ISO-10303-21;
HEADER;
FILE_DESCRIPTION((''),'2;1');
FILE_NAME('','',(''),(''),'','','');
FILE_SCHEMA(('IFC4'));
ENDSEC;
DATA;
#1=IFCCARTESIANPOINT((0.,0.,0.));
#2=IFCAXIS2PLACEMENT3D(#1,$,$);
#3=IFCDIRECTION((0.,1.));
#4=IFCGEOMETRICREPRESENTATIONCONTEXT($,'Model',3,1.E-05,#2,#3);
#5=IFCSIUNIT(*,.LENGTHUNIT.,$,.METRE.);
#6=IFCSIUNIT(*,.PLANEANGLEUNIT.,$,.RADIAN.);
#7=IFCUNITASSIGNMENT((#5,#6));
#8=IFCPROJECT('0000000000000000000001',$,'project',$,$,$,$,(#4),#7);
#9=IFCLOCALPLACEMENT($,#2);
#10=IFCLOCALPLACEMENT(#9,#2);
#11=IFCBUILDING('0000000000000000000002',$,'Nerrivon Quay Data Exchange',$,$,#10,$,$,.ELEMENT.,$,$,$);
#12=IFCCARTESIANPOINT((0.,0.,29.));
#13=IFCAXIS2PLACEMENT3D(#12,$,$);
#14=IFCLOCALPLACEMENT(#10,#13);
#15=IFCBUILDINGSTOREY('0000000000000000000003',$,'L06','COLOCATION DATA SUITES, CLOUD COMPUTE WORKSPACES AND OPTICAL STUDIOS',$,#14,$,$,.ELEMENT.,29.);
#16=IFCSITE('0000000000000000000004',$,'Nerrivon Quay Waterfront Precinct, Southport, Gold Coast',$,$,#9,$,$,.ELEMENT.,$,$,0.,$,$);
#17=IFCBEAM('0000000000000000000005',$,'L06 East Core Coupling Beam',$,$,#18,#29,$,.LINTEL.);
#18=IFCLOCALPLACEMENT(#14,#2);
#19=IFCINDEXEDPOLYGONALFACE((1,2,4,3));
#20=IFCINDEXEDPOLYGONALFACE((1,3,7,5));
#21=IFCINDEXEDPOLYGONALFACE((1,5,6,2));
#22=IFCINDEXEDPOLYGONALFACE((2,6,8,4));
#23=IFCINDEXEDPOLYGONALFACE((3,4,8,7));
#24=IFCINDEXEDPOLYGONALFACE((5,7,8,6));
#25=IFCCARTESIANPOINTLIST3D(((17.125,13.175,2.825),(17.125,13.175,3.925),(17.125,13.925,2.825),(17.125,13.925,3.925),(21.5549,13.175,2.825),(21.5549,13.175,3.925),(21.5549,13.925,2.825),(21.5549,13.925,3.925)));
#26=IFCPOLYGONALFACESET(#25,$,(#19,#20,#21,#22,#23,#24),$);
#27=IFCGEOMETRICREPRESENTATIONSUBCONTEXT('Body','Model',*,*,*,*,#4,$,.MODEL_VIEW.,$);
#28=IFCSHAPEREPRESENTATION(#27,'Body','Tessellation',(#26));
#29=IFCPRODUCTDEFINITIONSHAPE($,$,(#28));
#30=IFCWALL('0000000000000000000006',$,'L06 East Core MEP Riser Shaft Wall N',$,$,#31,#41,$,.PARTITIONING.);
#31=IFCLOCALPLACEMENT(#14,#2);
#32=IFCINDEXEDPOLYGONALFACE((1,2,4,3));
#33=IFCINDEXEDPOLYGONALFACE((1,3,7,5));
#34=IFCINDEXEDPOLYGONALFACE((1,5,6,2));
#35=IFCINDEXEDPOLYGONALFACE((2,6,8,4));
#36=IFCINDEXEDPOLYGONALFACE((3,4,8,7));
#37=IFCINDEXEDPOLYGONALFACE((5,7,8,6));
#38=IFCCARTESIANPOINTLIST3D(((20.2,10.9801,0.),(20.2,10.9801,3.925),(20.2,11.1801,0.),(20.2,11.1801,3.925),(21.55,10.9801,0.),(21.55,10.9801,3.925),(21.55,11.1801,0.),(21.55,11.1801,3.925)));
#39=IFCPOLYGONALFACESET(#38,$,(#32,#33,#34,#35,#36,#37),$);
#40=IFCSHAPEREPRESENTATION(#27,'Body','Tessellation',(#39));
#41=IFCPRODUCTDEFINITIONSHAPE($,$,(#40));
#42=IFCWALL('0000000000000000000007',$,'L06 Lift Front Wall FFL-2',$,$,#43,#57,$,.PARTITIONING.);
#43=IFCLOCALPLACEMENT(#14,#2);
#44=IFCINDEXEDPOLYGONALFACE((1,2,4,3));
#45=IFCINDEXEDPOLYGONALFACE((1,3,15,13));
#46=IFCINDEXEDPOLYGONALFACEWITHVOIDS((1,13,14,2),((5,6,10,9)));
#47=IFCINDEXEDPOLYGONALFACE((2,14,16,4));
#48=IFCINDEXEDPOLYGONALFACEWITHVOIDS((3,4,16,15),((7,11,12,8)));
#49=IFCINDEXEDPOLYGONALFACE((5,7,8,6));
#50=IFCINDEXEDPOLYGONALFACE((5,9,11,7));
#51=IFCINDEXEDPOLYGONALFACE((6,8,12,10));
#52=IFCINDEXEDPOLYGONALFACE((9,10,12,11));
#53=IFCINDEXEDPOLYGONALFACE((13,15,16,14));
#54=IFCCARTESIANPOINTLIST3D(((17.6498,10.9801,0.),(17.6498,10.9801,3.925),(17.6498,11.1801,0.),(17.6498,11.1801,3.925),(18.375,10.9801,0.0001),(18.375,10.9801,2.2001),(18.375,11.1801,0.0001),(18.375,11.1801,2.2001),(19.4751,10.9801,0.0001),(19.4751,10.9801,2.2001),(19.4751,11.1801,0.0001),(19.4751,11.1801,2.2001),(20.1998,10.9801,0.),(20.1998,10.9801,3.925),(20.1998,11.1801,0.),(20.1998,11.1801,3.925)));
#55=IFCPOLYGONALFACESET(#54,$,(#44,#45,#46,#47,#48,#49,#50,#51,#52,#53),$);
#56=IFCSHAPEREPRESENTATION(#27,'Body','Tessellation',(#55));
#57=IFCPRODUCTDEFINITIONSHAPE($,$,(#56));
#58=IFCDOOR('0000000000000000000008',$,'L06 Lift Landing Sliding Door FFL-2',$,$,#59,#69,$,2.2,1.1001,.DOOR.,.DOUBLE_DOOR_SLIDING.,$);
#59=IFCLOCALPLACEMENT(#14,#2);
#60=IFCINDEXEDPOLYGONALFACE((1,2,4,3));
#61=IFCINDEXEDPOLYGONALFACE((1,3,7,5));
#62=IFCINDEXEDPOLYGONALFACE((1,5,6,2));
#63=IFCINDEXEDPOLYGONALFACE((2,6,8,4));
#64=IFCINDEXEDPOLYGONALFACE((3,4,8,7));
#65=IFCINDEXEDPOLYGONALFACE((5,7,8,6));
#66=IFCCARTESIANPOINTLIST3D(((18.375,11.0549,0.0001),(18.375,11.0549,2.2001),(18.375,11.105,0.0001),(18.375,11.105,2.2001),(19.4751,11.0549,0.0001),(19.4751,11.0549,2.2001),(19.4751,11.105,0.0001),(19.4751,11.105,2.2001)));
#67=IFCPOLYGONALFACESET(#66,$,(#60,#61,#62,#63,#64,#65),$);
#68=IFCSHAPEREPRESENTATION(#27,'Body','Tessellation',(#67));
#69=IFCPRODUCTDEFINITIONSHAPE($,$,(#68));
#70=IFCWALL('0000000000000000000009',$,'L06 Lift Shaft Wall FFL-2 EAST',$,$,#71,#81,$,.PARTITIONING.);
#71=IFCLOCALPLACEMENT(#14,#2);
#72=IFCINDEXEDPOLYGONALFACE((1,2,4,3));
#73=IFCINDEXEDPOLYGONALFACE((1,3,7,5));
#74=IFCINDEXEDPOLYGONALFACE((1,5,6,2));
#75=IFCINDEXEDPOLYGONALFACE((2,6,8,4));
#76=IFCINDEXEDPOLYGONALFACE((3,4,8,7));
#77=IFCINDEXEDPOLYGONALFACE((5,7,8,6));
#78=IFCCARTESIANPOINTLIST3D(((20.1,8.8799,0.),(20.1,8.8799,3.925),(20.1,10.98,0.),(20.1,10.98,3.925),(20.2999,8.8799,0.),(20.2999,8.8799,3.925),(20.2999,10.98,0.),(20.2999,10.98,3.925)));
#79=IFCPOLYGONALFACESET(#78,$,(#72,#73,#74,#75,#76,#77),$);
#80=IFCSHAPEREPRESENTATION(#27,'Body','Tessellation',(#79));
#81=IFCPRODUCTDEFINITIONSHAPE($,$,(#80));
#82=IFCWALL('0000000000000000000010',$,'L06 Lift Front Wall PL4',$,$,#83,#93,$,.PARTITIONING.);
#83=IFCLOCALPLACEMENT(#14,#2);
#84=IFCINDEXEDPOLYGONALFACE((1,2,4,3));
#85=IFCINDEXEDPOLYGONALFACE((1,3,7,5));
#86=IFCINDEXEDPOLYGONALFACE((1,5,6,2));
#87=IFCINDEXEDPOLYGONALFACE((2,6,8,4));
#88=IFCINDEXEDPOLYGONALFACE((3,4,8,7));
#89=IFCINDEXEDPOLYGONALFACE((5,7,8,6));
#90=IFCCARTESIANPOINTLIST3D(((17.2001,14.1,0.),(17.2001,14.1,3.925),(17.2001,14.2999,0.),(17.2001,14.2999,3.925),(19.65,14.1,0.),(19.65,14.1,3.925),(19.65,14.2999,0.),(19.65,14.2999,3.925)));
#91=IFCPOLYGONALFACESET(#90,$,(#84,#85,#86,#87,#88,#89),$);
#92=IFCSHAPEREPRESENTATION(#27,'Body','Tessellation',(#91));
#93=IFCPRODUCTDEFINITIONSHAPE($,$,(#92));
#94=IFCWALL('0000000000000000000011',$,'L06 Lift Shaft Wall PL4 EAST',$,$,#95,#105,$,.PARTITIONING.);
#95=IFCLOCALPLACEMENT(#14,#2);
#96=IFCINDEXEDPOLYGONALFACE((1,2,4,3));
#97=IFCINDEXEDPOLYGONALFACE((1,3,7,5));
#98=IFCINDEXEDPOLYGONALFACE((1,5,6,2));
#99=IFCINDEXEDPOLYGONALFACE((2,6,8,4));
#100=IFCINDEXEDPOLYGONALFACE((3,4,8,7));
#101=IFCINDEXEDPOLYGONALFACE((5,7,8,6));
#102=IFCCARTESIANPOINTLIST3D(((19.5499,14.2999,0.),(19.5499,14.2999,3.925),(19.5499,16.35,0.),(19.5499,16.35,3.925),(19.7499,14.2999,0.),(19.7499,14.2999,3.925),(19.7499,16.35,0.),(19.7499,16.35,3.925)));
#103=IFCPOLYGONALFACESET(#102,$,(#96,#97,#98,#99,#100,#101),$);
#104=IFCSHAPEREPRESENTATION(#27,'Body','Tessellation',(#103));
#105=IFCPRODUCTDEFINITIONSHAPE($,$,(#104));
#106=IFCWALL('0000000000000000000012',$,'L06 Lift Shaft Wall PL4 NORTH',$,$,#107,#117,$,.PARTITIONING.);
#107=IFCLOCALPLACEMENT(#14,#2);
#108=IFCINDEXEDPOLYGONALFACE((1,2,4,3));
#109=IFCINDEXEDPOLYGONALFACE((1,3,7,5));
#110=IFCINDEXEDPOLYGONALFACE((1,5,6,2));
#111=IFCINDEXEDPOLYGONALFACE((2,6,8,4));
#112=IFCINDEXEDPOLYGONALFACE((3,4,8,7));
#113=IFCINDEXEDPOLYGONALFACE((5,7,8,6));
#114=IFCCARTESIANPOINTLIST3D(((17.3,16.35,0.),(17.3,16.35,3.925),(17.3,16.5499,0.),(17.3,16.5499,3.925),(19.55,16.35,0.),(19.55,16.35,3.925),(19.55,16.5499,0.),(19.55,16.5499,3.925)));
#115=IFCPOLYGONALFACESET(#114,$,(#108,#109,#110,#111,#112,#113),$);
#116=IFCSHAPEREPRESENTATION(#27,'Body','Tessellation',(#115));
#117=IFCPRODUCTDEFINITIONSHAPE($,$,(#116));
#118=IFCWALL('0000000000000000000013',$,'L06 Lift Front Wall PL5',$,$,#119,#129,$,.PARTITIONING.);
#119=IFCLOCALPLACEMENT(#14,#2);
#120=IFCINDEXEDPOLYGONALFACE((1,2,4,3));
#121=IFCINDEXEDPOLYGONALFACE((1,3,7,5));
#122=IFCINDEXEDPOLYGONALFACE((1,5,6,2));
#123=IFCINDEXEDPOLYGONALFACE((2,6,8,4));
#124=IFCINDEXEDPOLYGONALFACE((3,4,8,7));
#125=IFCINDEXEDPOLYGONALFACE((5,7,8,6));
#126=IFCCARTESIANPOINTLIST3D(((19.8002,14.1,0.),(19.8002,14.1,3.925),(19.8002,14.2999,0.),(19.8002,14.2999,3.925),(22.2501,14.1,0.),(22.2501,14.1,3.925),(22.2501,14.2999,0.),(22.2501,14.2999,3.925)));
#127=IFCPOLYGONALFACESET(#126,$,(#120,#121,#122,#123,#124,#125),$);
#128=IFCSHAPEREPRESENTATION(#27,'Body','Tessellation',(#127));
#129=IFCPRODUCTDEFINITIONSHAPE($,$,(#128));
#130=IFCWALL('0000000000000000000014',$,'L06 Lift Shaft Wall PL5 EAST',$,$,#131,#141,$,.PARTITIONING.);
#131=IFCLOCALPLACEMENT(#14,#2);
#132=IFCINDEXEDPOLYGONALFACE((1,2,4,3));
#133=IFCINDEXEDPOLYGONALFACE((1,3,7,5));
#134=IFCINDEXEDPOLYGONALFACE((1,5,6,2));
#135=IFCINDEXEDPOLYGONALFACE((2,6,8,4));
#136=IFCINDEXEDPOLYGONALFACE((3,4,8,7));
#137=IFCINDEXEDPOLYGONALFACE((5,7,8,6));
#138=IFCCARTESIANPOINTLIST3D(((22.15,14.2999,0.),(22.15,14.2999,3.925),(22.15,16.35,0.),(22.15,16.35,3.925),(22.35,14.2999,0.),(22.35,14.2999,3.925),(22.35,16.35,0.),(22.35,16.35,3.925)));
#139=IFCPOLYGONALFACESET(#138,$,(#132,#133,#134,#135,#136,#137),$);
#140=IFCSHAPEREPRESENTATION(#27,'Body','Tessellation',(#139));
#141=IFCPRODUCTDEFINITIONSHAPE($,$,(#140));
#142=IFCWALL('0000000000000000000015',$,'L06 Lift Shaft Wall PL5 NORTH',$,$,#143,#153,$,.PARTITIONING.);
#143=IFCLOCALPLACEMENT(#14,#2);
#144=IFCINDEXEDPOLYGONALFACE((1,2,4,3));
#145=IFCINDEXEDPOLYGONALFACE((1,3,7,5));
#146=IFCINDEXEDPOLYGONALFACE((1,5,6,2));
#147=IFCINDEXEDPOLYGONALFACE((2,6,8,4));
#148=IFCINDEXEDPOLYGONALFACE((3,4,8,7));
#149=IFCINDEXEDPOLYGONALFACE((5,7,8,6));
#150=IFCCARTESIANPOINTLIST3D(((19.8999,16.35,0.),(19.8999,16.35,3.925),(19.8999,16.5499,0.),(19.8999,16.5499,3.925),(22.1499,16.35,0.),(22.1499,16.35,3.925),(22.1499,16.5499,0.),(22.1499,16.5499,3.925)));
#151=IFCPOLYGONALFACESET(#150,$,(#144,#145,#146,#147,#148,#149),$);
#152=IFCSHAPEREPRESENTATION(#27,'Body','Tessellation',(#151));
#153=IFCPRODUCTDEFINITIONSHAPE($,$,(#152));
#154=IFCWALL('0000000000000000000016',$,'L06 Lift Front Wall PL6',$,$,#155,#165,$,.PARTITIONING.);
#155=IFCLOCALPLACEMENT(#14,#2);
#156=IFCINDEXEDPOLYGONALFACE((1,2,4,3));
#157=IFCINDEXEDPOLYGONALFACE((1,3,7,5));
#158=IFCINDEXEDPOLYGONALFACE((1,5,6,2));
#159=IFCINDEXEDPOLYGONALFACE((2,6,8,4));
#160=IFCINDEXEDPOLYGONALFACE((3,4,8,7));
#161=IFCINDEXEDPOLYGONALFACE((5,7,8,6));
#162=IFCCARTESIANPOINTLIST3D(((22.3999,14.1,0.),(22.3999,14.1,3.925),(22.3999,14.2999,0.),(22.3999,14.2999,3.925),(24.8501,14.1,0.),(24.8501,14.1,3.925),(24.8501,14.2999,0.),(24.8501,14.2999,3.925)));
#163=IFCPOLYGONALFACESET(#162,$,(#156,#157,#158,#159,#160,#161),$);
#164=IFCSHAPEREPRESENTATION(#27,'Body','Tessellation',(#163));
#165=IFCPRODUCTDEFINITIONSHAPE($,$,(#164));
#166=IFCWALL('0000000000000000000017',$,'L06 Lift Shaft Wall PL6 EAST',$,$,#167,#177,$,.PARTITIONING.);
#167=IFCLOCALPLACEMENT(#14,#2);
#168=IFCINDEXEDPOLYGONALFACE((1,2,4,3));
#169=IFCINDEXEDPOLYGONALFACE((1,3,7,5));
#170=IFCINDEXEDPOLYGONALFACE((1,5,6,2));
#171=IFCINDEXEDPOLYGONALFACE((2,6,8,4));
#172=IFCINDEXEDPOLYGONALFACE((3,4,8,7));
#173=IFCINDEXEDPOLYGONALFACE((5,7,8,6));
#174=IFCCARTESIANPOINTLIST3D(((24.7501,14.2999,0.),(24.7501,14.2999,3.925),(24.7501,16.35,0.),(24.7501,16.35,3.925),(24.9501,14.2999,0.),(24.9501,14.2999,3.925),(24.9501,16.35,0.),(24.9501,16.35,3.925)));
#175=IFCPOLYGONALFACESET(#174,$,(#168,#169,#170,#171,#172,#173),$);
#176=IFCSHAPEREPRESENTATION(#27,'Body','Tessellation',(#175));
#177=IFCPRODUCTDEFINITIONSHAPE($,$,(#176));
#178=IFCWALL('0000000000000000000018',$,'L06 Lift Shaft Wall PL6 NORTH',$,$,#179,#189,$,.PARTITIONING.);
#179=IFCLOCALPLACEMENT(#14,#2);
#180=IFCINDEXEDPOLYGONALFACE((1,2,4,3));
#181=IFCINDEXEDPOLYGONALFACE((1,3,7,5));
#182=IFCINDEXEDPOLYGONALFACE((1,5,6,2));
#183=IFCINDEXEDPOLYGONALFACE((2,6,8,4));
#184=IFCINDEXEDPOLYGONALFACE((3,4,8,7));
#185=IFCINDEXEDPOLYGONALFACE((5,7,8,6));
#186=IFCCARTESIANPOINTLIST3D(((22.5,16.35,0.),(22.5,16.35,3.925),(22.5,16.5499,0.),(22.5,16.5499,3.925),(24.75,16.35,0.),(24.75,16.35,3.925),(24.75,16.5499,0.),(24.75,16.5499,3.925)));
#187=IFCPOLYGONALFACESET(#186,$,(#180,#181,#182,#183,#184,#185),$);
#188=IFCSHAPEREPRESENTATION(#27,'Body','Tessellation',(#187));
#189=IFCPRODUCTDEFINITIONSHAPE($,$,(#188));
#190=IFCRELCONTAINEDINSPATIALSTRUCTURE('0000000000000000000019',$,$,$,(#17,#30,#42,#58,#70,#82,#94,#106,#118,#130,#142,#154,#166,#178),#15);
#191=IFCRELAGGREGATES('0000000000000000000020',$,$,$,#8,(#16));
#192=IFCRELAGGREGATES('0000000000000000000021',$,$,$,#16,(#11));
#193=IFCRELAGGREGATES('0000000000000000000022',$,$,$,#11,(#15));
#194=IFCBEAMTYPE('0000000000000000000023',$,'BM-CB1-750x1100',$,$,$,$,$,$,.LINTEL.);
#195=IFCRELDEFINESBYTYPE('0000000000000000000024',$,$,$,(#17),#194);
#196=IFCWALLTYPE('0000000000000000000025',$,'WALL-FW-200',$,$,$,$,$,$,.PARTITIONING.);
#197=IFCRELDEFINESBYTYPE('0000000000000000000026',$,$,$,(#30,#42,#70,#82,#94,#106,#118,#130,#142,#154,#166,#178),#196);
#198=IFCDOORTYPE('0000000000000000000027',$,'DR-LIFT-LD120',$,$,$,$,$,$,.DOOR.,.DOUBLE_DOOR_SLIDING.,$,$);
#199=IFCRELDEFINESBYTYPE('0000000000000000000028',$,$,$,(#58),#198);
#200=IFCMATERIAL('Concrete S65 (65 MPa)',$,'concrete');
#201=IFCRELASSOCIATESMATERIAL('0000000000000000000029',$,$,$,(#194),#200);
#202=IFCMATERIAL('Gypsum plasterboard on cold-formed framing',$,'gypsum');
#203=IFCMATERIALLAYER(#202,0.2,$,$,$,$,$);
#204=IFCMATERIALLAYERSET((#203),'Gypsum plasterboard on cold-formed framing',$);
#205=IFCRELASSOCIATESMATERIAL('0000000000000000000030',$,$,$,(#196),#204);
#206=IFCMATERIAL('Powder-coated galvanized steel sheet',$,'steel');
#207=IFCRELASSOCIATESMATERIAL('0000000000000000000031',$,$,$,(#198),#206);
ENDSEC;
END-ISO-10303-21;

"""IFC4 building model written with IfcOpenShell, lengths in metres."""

from ifc_helpers import new_model, si_unit, direction, frame, frame_2d, origin, origin_2d, place, context, subcontext, project, spatial, rectangle, extrude, material, layer, layer_set, material_profile, profile_set, type_object, element, fill, save


model = new_model("IFC4")

# Units and contexts
model_context = context("Model", 3, precision=1e-05, world=origin(), true_north=direction((0.0, 1.0)))
body_context = subcontext(model_context, "Body", "Model", "MODEL_VIEW")
ifc_project = project(units=[si_unit("LENGTHUNIT", "METRE"), si_unit("PLANEANGLEUNIT", "RADIAN")], contexts=[model_context])

# Site, building, storey
site_placement = place(None, origin())
site = spatial("IfcSite", under=ifc_project, at=site_placement, Name="Nerrivon Quay Waterfront Precinct, Southport, Gold Coast", CompositionType="ELEMENT", RefElevation=0.0)
building_placement = place(site_placement, origin())
building = spatial("IfcBuilding", under=site, at=building_placement, Name="Nerrivon Quay Data Exchange", CompositionType="ELEMENT")
storey_placement = place(building_placement, frame((0.0, 0.0, 29.0)))
storey = spatial("IfcBuildingStorey", under=building, at=storey_placement, Name="L06", Description="COLOCATION DATA SUITES, CLOUD COMPUTE WORKSPACES AND OPTICAL STUDIOS", CompositionType="ELEMENT", Elevation=29.0)

# Beam
ifc_material_1 = material(Name="Concrete S65 (65 MPa)", Category="concrete")
ifc_material_profile = material_profile(ifc_material_1, rectangle(XDim=0.75, YDim=1.1001, at=origin_2d()), Name="RC-CB-750x1100")
ifc_profile_set = profile_set([ifc_material_profile], Name="Concrete S65 (65 MPa)")
beam_type = type_object("IfcBeamType", Name="BM-CB1-750x1100", PredefinedType="LINTEL", material=ifc_profile_set)
beam_placement = place(storey_placement, frame((17.125, 13.55, 3.375), z_axis=(1.0, 0.0, 0.0), x_axis=(0.0, 1.0, 0.0)))
element("IfcBeam", 1, at=beam_placement, inside=storey, type_object=beam_type, Name="L06 East Core Coupling Beam", PredefinedType="LINTEL", context=body_context, shape_type="SweptSolid", body=[
    extrude(rectangle(XDim=0.75, YDim=1.1001, at=origin_2d()), origin(), (0.0, 0.0, 1.0), 4.4299),
])

# Wall
ifc_material_2 = material(Name="Gypsum plasterboard on cold-formed framing", Category="gypsum")
ifc_layer_1 = layer(ifc_material_2, 0.2)
ifc_layer_set_1 = layer_set([ifc_layer_1], Name="Gypsum plasterboard on cold-formed framing")
wall_type_1 = type_object("IfcWallType", Name="WALL-FW-200", PredefinedType="PARTITIONING", material=ifc_layer_set_1)
wall_1_placement = place(storey_placement, frame((20.2, 11.0801, 0.0), z_axis=(0.0, 0.0, 1.0), x_axis=(1.0, 0.0, 0.0)))
element("IfcWall", 2, at=wall_1_placement, inside=storey, type_object=wall_type_1, Name="L06 East Core MEP Riser Shaft Wall N", PredefinedType="PARTITIONING", context=body_context, shape_type="SweptSolid", body=[
    extrude(rectangle(XDim=1.3501, YDim=0.2, at=frame_2d((0.675, 0.0))), origin(), (0.0, 0.0, 1.0), 3.925),
])

# Wall, opening, door
wall_2_placement = place(storey_placement, frame((17.6499, 11.0801, 0.0), z_axis=(0.0, 0.0, 1.0), x_axis=(1.0, 0.0, 0.0)))
wall_2 = element("IfcWall", 3, at=wall_2_placement, inside=storey, type_object=wall_type_1, Name="L06 Lift Front Wall FFL-2", PredefinedType="PARTITIONING", context=body_context, shape_type="SweptSolid", body=[
    extrude(rectangle(XDim=2.55, YDim=0.2, at=frame_2d((1.2749, 0.0))), origin(), (0.0, 0.0, 1.0), 3.925),
])
opening_1_placement = place(wall_2_placement, frame((0.7251, 0.0, 0.0)))
opening_1 = element("IfcOpeningElement", 4, at=opening_1_placement, cuts=wall_2, PredefinedType="OPENING", context=body_context, shape_type="SweptSolid", body=[
    extrude(rectangle(XDim=1.1001, YDim=2.2, at=frame_2d((0.55, 1.1001))), frame((0.0, 0.1099, 0.0), z_axis=(0.0, -1.0, 0.0), x_axis=(1.0, 0.0, 0.0)), (0.0, 0.0, 1.0), 0.22),
])
ifc_material_3 = material(Name="Powder-coated galvanized steel sheet", Category="steel")
door_type_1 = type_object("IfcDoorType", Name="DR-LIFT-LD120", OperationType="DOUBLE_DOOR_SLIDING", PredefinedType="DOOR", material=ifc_material_3)
door_1_placement = place(opening_1_placement, origin())
door_1 = element("IfcDoor", 5, at=door_1_placement, inside=storey, type_object=door_type_1, Name="L06 Lift Landing Sliding Door FFL-2", OperationType="DOUBLE_DOOR_SLIDING", OverallHeight=2.2, OverallWidth=1.1001, PredefinedType="DOOR", context=body_context, shape_type="SweptSolid", body=[
    extrude(rectangle(XDim=1.1001, YDim=2.2, at=frame_2d((0.55, 1.1001))), frame((0.0, 0.0249, 0.0), z_axis=(0.0, -1.0, 0.0), x_axis=(1.0, 0.0, 0.0)), (0.0, 0.0, 1.0), 0.05),
])
fill(opening_1, door_1)

# Walls
wall_3_placement = place(storey_placement, frame((20.2, 8.8799, 0.0), z_axis=(0.0, 0.0, 1.0), x_axis=(0.0, 1.0, 0.0)))
element("IfcWall", 6, at=wall_3_placement, inside=storey, type_object=wall_type_1, Name="L06 Lift Shaft Wall FFL-2 EAST", PredefinedType="PARTITIONING", context=body_context, shape_type="SweptSolid", body=[
    extrude(rectangle(XDim=2.1001, YDim=0.2, at=frame_2d((1.05, 0.0))), origin(), (0.0, 0.0, 1.0), 3.925),
])
wall_4_placement = place(storey_placement, frame((17.2, 14.2, 0.0), z_axis=(0.0, 0.0, 1.0), x_axis=(1.0, 0.0, 0.0)))
element("IfcWall", 7, at=wall_4_placement, inside=storey, type_object=wall_type_1, Name="L06 Lift Front Wall PL4", PredefinedType="PARTITIONING", context=body_context, shape_type="SweptSolid", body=[
    extrude(rectangle(XDim=2.45, YDim=0.2, at=frame_2d((1.2251, 0.0))), origin(), (0.0, 0.0, 1.0), 3.925),
])
wall_5_placement = place(storey_placement, frame((19.6499, 14.3, 0.0), z_axis=(0.0, 0.0, 1.0), x_axis=(0.0, 1.0, 0.0)))
element("IfcWall", 8, at=wall_5_placement, inside=storey, type_object=wall_type_1, Name="L06 Lift Shaft Wall PL4 EAST", PredefinedType="PARTITIONING", context=body_context, shape_type="SweptSolid", body=[
    extrude(rectangle(XDim=2.05, YDim=0.2, at=frame_2d((1.0249, 0.0))), origin(), (0.0, 0.0, 1.0), 3.925),
])
wall_6_placement = place(storey_placement, frame((17.3, 16.45, 0.0), z_axis=(0.0, 0.0, 1.0), x_axis=(1.0, 0.0, 0.0)))
element("IfcWall", 9, at=wall_6_placement, inside=storey, type_object=wall_type_1, Name="L06 Lift Shaft Wall PL4 NORTH", PredefinedType="PARTITIONING", context=body_context, shape_type="SweptSolid", body=[
    extrude(rectangle(XDim=2.25, YDim=0.2, at=frame_2d((1.125, 0.0))), origin(), (0.0, 0.0, 1.0), 3.925),
])
wall_7_placement = place(storey_placement, frame((19.8, 14.2, 0.0), z_axis=(0.0, 0.0, 1.0), x_axis=(1.0, 0.0, 0.0)))
element("IfcWall", 10, at=wall_7_placement, inside=storey, type_object=wall_type_1, Name="L06 Lift Front Wall PL5", PredefinedType="PARTITIONING", context=body_context, shape_type="SweptSolid", body=[
    extrude(rectangle(XDim=2.45, YDim=0.2, at=frame_2d((1.2251, 0.0))), origin(), (0.0, 0.0, 1.0), 3.925),
])
wall_8_placement = place(storey_placement, frame((22.25, 14.3, 0.0), z_axis=(0.0, 0.0, 1.0), x_axis=(0.0, 1.0, 0.0)))
element("IfcWall", 11, at=wall_8_placement, inside=storey, type_object=wall_type_1, Name="L06 Lift Shaft Wall PL5 EAST", PredefinedType="PARTITIONING", context=body_context, shape_type="SweptSolid", body=[
    extrude(rectangle(XDim=2.05, YDim=0.2, at=frame_2d((1.0249, 0.0))), origin(), (0.0, 0.0, 1.0), 3.925),
])
wall_9_placement = place(storey_placement, frame((19.8999, 16.45, 0.0), z_axis=(0.0, 0.0, 1.0), x_axis=(1.0, 0.0, 0.0)))
element("IfcWall", 12, at=wall_9_placement, inside=storey, type_object=wall_type_1, Name="L06 Lift Shaft Wall PL5 NORTH", PredefinedType="PARTITIONING", context=body_context, shape_type="SweptSolid", body=[
    extrude(rectangle(XDim=2.25, YDim=0.2, at=frame_2d((1.125, 0.0))), origin(), (0.0, 0.0, 1.0), 3.925),
])
wall_10_placement = place(storey_placement, frame((22.3999, 14.2, 0.0), z_axis=(0.0, 0.0, 1.0), x_axis=(1.0, 0.0, 0.0)))
element("IfcWall", 13, at=wall_10_placement, inside=storey, type_object=wall_type_1, Name="L06 Lift Front Wall PL6", PredefinedType="PARTITIONING", context=body_context, shape_type="SweptSolid", body=[
    extrude(rectangle(XDim=2.4502, YDim=0.2, at=frame_2d((1.2251, 0.0))), origin(), (0.0, 0.0, 1.0), 3.925),
])
wall_11_placement = place(storey_placement, frame((24.8501, 14.3, 0.0), z_axis=(0.0, 0.0, 1.0), x_axis=(0.0, 1.0, 0.0)))
element("IfcWall", 14, at=wall_11_placement, inside=storey, type_object=wall_type_1, Name="L06 Lift Shaft Wall PL6 EAST", PredefinedType="PARTITIONING", context=body_context, shape_type="SweptSolid", body=[
    extrude(rectangle(XDim=2.05, YDim=0.2, at=frame_2d((1.0249, 0.0))), origin(), (0.0, 0.0, 1.0), 3.925),
])
wall_12_placement = place(storey_placement, frame((22.5, 16.45, 0.0), z_axis=(0.0, 0.0, 1.0), x_axis=(1.0, 0.0, 0.0)))
element("IfcWall", 15, at=wall_12_placement, inside=storey, type_object=wall_type_1, Name="L06 Lift Shaft Wall PL6 NORTH", PredefinedType="PARTITIONING", context=body_context, shape_type="SweptSolid", body=[
    extrude(rectangle(XDim=2.25, YDim=0.2, at=frame_2d((1.125, 0.0))), origin(), (0.0, 0.0, 1.0), 3.925),
])

save(model, "model.ifc")
